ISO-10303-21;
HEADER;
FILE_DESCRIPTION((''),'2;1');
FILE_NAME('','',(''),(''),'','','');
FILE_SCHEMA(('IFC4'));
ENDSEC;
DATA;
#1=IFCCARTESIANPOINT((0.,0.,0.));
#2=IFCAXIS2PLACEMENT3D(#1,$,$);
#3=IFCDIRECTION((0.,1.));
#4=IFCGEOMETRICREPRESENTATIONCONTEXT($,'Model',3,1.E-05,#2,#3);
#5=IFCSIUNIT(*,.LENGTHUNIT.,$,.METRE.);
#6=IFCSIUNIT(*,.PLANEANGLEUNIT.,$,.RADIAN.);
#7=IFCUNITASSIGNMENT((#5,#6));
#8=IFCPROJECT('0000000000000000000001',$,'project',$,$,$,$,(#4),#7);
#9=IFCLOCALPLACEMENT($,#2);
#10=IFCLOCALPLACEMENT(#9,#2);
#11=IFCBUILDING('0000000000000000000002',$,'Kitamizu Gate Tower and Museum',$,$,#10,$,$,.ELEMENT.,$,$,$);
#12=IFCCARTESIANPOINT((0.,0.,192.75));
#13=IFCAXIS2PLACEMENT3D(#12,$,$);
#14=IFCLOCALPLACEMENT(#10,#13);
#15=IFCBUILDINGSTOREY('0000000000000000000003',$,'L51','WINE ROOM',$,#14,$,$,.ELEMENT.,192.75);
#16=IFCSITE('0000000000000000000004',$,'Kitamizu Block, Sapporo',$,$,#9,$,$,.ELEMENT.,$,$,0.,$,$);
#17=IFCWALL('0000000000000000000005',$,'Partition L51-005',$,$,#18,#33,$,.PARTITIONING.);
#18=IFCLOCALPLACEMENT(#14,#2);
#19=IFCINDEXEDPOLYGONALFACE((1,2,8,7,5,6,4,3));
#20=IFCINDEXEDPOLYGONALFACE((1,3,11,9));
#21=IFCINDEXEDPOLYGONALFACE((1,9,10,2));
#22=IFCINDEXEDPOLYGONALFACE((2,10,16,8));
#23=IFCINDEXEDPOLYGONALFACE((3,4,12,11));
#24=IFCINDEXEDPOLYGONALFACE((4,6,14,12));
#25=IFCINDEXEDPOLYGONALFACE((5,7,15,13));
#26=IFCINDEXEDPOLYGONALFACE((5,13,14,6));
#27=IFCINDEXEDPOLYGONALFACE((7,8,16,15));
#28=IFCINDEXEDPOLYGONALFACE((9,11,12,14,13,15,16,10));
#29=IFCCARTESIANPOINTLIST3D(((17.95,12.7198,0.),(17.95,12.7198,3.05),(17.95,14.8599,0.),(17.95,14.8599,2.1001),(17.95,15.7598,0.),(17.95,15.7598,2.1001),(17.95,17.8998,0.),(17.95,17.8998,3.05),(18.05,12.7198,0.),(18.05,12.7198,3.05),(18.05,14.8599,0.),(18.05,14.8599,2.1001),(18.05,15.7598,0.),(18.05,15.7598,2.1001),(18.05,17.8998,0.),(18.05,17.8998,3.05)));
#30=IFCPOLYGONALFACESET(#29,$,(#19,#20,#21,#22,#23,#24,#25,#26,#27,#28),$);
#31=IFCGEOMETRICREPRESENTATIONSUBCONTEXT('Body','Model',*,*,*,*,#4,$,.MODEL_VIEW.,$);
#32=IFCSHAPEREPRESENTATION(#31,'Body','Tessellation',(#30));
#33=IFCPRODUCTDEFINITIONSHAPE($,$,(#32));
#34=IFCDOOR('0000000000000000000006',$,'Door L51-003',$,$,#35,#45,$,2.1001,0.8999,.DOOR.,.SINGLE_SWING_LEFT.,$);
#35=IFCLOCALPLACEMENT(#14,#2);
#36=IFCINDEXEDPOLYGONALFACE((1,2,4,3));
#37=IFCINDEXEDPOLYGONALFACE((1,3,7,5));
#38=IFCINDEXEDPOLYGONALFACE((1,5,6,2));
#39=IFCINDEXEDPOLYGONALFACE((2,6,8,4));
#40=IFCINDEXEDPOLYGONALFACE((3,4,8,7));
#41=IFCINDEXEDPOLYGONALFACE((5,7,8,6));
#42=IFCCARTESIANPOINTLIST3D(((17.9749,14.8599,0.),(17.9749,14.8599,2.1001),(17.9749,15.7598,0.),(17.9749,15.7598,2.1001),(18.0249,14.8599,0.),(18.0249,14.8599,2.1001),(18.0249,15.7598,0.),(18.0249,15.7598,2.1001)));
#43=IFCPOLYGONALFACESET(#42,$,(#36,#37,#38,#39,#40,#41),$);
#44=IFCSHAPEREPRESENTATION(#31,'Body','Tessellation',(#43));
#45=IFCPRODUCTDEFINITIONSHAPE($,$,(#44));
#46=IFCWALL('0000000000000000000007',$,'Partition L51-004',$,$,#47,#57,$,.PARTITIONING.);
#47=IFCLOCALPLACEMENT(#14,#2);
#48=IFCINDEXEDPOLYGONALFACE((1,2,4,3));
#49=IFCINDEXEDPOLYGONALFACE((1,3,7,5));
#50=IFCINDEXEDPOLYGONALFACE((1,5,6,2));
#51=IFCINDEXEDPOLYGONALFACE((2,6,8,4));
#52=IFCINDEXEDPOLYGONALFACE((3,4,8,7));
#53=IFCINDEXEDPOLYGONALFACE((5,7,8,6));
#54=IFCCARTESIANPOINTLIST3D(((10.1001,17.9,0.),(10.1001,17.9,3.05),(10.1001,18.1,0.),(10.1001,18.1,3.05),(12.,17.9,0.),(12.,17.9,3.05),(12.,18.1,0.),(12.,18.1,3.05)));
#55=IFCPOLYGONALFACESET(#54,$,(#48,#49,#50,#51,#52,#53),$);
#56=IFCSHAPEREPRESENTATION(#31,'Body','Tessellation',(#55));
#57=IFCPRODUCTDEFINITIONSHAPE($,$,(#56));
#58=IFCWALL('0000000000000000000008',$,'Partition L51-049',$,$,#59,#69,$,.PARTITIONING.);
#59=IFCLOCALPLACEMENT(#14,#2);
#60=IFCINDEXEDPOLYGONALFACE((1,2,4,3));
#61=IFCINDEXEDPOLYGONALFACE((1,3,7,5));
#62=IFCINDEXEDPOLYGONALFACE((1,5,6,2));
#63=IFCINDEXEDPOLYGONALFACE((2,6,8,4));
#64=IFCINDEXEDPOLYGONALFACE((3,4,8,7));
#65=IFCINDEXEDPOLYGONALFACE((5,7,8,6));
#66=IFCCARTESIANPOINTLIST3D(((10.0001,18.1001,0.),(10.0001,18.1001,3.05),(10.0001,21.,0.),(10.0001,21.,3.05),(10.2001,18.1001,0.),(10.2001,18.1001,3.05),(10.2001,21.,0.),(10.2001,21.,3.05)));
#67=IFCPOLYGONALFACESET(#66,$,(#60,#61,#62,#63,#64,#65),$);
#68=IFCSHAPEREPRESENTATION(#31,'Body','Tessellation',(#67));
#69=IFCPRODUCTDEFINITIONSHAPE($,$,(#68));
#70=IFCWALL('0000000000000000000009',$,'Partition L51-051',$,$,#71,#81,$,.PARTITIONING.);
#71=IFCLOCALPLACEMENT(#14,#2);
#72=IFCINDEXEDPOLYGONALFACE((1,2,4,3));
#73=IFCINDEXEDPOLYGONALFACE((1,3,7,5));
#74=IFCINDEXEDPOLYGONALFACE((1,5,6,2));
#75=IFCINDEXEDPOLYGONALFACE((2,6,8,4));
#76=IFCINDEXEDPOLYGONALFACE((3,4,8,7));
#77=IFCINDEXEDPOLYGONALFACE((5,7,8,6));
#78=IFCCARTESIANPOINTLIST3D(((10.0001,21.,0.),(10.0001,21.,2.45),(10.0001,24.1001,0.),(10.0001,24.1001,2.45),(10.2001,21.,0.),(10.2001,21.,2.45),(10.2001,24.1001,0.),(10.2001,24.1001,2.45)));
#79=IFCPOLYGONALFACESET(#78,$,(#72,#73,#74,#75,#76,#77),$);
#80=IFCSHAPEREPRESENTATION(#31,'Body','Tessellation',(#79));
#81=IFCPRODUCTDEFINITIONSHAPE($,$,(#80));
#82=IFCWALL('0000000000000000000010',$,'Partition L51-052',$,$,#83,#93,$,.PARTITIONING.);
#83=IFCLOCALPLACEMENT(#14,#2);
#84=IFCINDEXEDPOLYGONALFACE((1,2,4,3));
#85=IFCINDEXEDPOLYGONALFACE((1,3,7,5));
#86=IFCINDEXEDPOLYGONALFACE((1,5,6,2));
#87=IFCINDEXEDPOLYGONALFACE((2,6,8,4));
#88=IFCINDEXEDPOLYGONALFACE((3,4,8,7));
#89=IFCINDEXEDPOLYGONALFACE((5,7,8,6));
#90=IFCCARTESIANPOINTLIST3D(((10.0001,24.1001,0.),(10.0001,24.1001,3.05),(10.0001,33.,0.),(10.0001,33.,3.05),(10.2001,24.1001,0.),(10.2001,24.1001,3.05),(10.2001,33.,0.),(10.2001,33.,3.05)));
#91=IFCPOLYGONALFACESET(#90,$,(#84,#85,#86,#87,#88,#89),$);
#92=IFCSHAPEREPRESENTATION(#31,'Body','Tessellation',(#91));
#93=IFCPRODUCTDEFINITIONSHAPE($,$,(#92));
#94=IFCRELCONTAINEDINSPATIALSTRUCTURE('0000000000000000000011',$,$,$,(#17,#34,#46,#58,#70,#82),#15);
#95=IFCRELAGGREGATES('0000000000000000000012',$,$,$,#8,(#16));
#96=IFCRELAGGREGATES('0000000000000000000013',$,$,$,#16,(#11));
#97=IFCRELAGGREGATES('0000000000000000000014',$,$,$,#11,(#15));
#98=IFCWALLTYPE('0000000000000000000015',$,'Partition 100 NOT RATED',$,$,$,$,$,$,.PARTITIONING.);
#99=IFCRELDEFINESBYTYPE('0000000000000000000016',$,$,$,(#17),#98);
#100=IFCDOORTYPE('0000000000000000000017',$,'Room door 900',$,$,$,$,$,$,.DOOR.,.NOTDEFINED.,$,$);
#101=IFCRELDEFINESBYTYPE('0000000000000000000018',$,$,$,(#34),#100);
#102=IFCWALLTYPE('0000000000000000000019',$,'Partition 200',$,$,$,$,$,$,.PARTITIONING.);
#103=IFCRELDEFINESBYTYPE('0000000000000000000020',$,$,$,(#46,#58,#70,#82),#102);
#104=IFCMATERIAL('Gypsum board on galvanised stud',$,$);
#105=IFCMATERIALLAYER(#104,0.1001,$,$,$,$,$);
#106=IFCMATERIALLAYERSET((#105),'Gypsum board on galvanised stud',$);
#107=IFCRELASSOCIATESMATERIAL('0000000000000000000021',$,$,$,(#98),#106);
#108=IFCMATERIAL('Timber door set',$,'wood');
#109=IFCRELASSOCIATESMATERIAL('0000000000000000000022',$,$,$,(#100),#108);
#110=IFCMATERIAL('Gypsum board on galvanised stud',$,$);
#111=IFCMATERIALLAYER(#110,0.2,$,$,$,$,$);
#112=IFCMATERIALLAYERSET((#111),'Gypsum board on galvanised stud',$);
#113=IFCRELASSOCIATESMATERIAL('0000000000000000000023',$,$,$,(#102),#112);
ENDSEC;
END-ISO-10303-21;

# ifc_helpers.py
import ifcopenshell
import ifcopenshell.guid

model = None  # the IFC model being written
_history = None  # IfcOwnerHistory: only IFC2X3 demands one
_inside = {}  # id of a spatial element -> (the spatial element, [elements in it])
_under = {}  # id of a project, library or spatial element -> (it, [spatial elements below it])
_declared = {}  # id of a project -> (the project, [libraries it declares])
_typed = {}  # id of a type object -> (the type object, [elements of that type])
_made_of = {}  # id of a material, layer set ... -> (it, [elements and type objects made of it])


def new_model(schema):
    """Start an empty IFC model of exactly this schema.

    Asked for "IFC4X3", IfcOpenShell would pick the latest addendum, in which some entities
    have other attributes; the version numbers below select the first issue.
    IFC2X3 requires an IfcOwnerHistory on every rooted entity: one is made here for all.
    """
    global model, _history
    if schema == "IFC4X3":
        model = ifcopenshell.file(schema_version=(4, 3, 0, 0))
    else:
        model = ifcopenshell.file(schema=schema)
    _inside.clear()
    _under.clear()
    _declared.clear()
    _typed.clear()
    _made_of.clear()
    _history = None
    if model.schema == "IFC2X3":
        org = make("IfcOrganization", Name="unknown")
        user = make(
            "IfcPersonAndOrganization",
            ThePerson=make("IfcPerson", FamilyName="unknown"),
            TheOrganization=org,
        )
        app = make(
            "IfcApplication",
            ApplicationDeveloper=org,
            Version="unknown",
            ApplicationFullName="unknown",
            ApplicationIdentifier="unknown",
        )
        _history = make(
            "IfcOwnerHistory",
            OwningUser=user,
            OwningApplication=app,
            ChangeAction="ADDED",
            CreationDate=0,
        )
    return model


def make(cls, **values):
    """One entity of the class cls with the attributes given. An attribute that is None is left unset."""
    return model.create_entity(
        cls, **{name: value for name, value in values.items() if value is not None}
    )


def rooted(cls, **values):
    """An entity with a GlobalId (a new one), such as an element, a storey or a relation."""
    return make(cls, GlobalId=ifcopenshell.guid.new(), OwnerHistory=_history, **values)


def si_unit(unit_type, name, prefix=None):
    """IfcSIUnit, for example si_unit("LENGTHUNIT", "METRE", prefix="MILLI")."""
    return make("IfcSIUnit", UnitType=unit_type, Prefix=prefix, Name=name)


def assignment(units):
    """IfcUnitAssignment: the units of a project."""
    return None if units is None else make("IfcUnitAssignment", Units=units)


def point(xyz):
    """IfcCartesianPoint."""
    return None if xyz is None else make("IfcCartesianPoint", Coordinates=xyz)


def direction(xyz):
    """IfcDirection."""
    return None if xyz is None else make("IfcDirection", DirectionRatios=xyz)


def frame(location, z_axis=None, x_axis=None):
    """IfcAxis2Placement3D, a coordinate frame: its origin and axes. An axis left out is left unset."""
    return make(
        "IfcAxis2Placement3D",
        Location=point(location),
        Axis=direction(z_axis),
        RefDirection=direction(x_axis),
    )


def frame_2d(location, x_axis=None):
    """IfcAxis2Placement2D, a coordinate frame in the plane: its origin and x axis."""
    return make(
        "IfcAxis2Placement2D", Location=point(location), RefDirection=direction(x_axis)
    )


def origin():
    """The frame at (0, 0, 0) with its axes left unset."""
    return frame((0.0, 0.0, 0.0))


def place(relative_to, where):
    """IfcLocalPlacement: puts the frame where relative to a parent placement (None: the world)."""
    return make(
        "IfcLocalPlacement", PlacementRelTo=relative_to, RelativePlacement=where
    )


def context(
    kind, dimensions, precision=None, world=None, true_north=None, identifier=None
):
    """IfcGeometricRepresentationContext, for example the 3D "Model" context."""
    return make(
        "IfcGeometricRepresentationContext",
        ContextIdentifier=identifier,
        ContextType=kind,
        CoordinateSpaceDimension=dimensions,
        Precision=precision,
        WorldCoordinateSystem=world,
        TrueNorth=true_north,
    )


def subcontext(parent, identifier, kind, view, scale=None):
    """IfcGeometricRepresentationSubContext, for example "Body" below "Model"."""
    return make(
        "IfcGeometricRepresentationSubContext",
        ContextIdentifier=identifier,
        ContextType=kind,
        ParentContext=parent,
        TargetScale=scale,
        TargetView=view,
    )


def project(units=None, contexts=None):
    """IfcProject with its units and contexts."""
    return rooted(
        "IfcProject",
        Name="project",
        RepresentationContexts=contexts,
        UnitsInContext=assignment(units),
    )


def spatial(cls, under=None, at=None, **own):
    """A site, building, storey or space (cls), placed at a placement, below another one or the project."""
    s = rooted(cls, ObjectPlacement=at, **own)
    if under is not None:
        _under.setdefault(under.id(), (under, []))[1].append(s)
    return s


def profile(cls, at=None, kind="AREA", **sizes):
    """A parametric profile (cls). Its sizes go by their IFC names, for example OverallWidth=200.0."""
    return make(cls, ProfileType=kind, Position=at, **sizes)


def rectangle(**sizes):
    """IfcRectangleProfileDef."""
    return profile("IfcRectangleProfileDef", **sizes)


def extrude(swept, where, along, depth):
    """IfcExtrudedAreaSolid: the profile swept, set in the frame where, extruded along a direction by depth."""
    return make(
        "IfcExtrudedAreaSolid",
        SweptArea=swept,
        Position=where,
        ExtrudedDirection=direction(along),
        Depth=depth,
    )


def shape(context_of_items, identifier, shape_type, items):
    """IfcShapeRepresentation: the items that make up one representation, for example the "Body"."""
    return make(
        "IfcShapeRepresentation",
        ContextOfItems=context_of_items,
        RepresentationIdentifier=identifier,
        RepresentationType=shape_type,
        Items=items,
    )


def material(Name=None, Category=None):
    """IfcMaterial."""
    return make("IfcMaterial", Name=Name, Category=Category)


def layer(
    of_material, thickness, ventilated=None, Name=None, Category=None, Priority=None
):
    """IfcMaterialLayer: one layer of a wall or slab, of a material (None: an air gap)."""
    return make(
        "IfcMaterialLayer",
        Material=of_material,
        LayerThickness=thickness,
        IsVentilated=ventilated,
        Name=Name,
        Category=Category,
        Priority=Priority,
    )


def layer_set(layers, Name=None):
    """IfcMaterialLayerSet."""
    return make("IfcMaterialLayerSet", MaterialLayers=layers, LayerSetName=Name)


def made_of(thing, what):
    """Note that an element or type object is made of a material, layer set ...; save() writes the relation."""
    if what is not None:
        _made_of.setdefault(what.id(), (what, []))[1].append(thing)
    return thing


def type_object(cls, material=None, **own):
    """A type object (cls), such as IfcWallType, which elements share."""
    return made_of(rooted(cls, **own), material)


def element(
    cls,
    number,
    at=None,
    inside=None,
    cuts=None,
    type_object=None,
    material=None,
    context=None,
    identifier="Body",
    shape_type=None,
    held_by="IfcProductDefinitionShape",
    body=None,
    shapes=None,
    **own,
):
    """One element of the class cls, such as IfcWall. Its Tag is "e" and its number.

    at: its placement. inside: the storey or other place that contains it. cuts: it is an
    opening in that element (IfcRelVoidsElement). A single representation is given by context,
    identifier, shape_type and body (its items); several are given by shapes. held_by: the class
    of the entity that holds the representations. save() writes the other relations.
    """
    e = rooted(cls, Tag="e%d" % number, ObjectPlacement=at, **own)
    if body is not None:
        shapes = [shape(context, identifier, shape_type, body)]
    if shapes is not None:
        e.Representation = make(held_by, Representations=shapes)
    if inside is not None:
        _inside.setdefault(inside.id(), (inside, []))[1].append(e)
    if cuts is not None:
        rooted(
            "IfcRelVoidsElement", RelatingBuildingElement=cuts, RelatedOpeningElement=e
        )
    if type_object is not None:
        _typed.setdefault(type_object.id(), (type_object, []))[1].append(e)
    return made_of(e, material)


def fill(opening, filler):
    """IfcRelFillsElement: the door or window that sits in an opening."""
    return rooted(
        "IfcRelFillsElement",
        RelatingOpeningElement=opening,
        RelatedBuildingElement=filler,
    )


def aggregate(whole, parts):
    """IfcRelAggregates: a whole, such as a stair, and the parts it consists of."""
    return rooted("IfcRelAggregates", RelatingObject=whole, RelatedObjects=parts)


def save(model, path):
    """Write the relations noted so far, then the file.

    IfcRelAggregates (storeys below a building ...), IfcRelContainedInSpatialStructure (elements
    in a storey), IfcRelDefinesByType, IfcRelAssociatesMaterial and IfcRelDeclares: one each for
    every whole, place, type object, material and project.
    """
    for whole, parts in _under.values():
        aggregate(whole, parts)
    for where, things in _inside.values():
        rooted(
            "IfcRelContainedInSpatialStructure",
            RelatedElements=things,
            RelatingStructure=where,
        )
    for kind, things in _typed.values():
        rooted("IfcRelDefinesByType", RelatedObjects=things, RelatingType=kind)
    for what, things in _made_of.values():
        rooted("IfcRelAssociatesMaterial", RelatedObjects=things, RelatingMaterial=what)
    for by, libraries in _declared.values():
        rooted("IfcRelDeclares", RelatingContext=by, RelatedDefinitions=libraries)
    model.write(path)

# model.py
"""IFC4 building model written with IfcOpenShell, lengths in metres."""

from ifc_helpers import new_model, si_unit, direction, frame, frame_2d, origin, place, context, subcontext, project, spatial, rectangle, extrude, material, layer, layer_set, type_object, element, fill, save


model = new_model("IFC4")

# Units and contexts
model_context = context("Model", 3, precision=1e-05, world=origin(), true_north=direction((0.0, 1.0)))
body_context = subcontext(model_context, "Body", "Model", "MODEL_VIEW")
ifc_project = project(units=[si_unit("LENGTHUNIT", "METRE"), si_unit("PLANEANGLEUNIT", "RADIAN")], contexts=[model_context])

# Site, building, storey
site_placement = place(None, origin())
site = spatial("IfcSite", under=ifc_project, at=site_placement, Name="Kitamizu Block, Sapporo", CompositionType="ELEMENT", RefElevation=0.0)
building_placement = place(site_placement, origin())
building = spatial("IfcBuilding", under=site, at=building_placement, Name="Kitamizu Gate Tower and Museum", CompositionType="ELEMENT")
storey_placement = place(building_placement, frame((0.0, 0.0, 192.75)))
storey = spatial("IfcBuildingStorey", under=building, at=storey_placement, Name="L51", Description="WINE ROOM", CompositionType="ELEMENT", Elevation=192.75)

# Wall, opening, door
ifc_material_1 = material(Name="Gypsum board on galvanised stud")
ifc_layer_1 = layer(ifc_material_1, 0.1001)
ifc_layer_set_1 = layer_set([ifc_layer_1], Name="Gypsum board on galvanised stud")
wall_type_1 = type_object("IfcWallType", Name="Partition 100 NOT RATED", PredefinedType="PARTITIONING", material=ifc_layer_set_1)
ifc_material_2 = material(Name="Timber door set", Category="wood")
door_type_1 = type_object("IfcDoorType", Name="Room door 900", OperationType="NOTDEFINED", PredefinedType="DOOR", material=ifc_material_2)
wall_1_placement = place(storey_placement, frame((18.0, 12.72, 0.0), z_axis=(0.0, 0.0, 1.0), x_axis=(0.0, 1.0, 0.0)))
wall_1 = element("IfcWall", 1, at=wall_1_placement, inside=storey, type_object=wall_type_1, Name="Partition L51-005", PredefinedType="PARTITIONING", context=body_context, shape_type="SweptSolid", body=[
    extrude(rectangle(XDim=5.1799, YDim=0.1001, at=frame_2d((2.5898, 0.0))), origin(), (0.0, 0.0, 1.0), 3.05),
])
opening_1_placement = place(wall_1_placement, frame((2.1399, 0.0, 0.0)))
opening_1 = element("IfcOpeningElement", 2, at=opening_1_placement, cuts=wall_1, PredefinedType="OPENING", context=body_context, shape_type="SweptSolid", body=[
    extrude(rectangle(XDim=0.8999, YDim=2.1001, at=frame_2d((0.45, 1.05))), frame((0.0, 0.0601, 0.0), z_axis=(0.0, -1.0, 0.0), x_axis=(1.0, 0.0, 0.0)), (0.0, 0.0, 1.0), 0.1201),
])
door_1_placement = place(opening_1_placement, frame((0.8999, 0.0, 0.0), x_axis=(-1.0, 0.0, 0.0)))
door_1 = element("IfcDoor", 3, at=door_1_placement, inside=storey, type_object=door_type_1, Name="Door L51-003", OperationType="SINGLE_SWING_LEFT", OverallHeight=2.1001, OverallWidth=0.8999, PredefinedType="DOOR", context=body_context, shape_type="SweptSolid", body=[
    extrude(rectangle(XDim=0.8999, YDim=2.1001, at=frame_2d((0.45, 1.05))), frame((0.0, 0.0249, 0.0), z_axis=(0.0, -1.0, 0.0), x_axis=(1.0, 0.0, 0.0)), (0.0, 0.0, 1.0), 0.05),
])
fill(opening_1, door_1)

# Walls
ifc_material_3 = material(Name="Gypsum board on galvanised stud")
ifc_layer_2 = layer(ifc_material_3, 0.2)
ifc_layer_set_2 = layer_set([ifc_layer_2], Name="Gypsum board on galvanised stud")
wall_type_2 = type_object("IfcWallType", Name="Partition 200", PredefinedType="PARTITIONING", material=ifc_layer_set_2)
wall_2_placement = place(storey_placement, frame((12.0, 18.0, 0.0), z_axis=(0.0, 0.0, 1.0), x_axis=(-1.0, 0.0, 0.0)))
element("IfcWall", 4, at=wall_2_placement, inside=storey, type_object=wall_type_2, Name="Partition L51-004", PredefinedType="PARTITIONING", context=body_context, shape_type="SweptSolid", body=[
    extrude(rectangle(XDim=1.8999, YDim=0.2, at=frame_2d((0.95, 0.0))), origin(), (0.0, 0.0, 1.0), 3.05),
])
wall_3_placement = place(storey_placement, frame((10.1001, 18.1001, 0.0), z_axis=(0.0, 0.0, 1.0), x_axis=(0.0, 1.0, 0.0)))
element("IfcWall", 5, at=wall_3_placement, inside=storey, type_object=wall_type_2, Name="Partition L51-049", PredefinedType="PARTITIONING", context=body_context, shape_type="SweptSolid", body=[
    extrude(rectangle(XDim=2.8999, YDim=0.2, at=frame_2d((1.45, 0.0))), origin(), (0.0, 0.0, 1.0), 3.05),
])
wall_4_placement = place(storey_placement, frame((10.1001, 21.0, 0.0), z_axis=(0.0, 0.0, 1.0), x_axis=(0.0, 1.0, 0.0)))
element("IfcWall", 6, at=wall_4_placement, inside=storey, type_object=wall_type_2, Name="Partition L51-051", PredefinedType="PARTITIONING", context=body_context, shape_type="SweptSolid", body=[
    extrude(rectangle(XDim=3.1001, YDim=0.2, at=frame_2d((1.55, 0.0))), origin(), (0.0, 0.0, 1.0), 2.45),
])
wall_5_placement = place(storey_placement, frame((10.1001, 24.1001, 0.0), z_axis=(0.0, 0.0, 1.0), x_axis=(0.0, 1.0, 0.0)))
element("IfcWall", 7, at=wall_5_placement, inside=storey, type_object=wall_type_2, Name="Partition L51-052", PredefinedType="PARTITIONING", context=body_context, shape_type="SweptSolid", body=[
    extrude(rectangle(XDim=8.8999, YDim=0.2, at=frame_2d((4.45, 0.0))), origin(), (0.0, 0.0, 1.0), 3.05),
])

save(model, "model.ifc")
